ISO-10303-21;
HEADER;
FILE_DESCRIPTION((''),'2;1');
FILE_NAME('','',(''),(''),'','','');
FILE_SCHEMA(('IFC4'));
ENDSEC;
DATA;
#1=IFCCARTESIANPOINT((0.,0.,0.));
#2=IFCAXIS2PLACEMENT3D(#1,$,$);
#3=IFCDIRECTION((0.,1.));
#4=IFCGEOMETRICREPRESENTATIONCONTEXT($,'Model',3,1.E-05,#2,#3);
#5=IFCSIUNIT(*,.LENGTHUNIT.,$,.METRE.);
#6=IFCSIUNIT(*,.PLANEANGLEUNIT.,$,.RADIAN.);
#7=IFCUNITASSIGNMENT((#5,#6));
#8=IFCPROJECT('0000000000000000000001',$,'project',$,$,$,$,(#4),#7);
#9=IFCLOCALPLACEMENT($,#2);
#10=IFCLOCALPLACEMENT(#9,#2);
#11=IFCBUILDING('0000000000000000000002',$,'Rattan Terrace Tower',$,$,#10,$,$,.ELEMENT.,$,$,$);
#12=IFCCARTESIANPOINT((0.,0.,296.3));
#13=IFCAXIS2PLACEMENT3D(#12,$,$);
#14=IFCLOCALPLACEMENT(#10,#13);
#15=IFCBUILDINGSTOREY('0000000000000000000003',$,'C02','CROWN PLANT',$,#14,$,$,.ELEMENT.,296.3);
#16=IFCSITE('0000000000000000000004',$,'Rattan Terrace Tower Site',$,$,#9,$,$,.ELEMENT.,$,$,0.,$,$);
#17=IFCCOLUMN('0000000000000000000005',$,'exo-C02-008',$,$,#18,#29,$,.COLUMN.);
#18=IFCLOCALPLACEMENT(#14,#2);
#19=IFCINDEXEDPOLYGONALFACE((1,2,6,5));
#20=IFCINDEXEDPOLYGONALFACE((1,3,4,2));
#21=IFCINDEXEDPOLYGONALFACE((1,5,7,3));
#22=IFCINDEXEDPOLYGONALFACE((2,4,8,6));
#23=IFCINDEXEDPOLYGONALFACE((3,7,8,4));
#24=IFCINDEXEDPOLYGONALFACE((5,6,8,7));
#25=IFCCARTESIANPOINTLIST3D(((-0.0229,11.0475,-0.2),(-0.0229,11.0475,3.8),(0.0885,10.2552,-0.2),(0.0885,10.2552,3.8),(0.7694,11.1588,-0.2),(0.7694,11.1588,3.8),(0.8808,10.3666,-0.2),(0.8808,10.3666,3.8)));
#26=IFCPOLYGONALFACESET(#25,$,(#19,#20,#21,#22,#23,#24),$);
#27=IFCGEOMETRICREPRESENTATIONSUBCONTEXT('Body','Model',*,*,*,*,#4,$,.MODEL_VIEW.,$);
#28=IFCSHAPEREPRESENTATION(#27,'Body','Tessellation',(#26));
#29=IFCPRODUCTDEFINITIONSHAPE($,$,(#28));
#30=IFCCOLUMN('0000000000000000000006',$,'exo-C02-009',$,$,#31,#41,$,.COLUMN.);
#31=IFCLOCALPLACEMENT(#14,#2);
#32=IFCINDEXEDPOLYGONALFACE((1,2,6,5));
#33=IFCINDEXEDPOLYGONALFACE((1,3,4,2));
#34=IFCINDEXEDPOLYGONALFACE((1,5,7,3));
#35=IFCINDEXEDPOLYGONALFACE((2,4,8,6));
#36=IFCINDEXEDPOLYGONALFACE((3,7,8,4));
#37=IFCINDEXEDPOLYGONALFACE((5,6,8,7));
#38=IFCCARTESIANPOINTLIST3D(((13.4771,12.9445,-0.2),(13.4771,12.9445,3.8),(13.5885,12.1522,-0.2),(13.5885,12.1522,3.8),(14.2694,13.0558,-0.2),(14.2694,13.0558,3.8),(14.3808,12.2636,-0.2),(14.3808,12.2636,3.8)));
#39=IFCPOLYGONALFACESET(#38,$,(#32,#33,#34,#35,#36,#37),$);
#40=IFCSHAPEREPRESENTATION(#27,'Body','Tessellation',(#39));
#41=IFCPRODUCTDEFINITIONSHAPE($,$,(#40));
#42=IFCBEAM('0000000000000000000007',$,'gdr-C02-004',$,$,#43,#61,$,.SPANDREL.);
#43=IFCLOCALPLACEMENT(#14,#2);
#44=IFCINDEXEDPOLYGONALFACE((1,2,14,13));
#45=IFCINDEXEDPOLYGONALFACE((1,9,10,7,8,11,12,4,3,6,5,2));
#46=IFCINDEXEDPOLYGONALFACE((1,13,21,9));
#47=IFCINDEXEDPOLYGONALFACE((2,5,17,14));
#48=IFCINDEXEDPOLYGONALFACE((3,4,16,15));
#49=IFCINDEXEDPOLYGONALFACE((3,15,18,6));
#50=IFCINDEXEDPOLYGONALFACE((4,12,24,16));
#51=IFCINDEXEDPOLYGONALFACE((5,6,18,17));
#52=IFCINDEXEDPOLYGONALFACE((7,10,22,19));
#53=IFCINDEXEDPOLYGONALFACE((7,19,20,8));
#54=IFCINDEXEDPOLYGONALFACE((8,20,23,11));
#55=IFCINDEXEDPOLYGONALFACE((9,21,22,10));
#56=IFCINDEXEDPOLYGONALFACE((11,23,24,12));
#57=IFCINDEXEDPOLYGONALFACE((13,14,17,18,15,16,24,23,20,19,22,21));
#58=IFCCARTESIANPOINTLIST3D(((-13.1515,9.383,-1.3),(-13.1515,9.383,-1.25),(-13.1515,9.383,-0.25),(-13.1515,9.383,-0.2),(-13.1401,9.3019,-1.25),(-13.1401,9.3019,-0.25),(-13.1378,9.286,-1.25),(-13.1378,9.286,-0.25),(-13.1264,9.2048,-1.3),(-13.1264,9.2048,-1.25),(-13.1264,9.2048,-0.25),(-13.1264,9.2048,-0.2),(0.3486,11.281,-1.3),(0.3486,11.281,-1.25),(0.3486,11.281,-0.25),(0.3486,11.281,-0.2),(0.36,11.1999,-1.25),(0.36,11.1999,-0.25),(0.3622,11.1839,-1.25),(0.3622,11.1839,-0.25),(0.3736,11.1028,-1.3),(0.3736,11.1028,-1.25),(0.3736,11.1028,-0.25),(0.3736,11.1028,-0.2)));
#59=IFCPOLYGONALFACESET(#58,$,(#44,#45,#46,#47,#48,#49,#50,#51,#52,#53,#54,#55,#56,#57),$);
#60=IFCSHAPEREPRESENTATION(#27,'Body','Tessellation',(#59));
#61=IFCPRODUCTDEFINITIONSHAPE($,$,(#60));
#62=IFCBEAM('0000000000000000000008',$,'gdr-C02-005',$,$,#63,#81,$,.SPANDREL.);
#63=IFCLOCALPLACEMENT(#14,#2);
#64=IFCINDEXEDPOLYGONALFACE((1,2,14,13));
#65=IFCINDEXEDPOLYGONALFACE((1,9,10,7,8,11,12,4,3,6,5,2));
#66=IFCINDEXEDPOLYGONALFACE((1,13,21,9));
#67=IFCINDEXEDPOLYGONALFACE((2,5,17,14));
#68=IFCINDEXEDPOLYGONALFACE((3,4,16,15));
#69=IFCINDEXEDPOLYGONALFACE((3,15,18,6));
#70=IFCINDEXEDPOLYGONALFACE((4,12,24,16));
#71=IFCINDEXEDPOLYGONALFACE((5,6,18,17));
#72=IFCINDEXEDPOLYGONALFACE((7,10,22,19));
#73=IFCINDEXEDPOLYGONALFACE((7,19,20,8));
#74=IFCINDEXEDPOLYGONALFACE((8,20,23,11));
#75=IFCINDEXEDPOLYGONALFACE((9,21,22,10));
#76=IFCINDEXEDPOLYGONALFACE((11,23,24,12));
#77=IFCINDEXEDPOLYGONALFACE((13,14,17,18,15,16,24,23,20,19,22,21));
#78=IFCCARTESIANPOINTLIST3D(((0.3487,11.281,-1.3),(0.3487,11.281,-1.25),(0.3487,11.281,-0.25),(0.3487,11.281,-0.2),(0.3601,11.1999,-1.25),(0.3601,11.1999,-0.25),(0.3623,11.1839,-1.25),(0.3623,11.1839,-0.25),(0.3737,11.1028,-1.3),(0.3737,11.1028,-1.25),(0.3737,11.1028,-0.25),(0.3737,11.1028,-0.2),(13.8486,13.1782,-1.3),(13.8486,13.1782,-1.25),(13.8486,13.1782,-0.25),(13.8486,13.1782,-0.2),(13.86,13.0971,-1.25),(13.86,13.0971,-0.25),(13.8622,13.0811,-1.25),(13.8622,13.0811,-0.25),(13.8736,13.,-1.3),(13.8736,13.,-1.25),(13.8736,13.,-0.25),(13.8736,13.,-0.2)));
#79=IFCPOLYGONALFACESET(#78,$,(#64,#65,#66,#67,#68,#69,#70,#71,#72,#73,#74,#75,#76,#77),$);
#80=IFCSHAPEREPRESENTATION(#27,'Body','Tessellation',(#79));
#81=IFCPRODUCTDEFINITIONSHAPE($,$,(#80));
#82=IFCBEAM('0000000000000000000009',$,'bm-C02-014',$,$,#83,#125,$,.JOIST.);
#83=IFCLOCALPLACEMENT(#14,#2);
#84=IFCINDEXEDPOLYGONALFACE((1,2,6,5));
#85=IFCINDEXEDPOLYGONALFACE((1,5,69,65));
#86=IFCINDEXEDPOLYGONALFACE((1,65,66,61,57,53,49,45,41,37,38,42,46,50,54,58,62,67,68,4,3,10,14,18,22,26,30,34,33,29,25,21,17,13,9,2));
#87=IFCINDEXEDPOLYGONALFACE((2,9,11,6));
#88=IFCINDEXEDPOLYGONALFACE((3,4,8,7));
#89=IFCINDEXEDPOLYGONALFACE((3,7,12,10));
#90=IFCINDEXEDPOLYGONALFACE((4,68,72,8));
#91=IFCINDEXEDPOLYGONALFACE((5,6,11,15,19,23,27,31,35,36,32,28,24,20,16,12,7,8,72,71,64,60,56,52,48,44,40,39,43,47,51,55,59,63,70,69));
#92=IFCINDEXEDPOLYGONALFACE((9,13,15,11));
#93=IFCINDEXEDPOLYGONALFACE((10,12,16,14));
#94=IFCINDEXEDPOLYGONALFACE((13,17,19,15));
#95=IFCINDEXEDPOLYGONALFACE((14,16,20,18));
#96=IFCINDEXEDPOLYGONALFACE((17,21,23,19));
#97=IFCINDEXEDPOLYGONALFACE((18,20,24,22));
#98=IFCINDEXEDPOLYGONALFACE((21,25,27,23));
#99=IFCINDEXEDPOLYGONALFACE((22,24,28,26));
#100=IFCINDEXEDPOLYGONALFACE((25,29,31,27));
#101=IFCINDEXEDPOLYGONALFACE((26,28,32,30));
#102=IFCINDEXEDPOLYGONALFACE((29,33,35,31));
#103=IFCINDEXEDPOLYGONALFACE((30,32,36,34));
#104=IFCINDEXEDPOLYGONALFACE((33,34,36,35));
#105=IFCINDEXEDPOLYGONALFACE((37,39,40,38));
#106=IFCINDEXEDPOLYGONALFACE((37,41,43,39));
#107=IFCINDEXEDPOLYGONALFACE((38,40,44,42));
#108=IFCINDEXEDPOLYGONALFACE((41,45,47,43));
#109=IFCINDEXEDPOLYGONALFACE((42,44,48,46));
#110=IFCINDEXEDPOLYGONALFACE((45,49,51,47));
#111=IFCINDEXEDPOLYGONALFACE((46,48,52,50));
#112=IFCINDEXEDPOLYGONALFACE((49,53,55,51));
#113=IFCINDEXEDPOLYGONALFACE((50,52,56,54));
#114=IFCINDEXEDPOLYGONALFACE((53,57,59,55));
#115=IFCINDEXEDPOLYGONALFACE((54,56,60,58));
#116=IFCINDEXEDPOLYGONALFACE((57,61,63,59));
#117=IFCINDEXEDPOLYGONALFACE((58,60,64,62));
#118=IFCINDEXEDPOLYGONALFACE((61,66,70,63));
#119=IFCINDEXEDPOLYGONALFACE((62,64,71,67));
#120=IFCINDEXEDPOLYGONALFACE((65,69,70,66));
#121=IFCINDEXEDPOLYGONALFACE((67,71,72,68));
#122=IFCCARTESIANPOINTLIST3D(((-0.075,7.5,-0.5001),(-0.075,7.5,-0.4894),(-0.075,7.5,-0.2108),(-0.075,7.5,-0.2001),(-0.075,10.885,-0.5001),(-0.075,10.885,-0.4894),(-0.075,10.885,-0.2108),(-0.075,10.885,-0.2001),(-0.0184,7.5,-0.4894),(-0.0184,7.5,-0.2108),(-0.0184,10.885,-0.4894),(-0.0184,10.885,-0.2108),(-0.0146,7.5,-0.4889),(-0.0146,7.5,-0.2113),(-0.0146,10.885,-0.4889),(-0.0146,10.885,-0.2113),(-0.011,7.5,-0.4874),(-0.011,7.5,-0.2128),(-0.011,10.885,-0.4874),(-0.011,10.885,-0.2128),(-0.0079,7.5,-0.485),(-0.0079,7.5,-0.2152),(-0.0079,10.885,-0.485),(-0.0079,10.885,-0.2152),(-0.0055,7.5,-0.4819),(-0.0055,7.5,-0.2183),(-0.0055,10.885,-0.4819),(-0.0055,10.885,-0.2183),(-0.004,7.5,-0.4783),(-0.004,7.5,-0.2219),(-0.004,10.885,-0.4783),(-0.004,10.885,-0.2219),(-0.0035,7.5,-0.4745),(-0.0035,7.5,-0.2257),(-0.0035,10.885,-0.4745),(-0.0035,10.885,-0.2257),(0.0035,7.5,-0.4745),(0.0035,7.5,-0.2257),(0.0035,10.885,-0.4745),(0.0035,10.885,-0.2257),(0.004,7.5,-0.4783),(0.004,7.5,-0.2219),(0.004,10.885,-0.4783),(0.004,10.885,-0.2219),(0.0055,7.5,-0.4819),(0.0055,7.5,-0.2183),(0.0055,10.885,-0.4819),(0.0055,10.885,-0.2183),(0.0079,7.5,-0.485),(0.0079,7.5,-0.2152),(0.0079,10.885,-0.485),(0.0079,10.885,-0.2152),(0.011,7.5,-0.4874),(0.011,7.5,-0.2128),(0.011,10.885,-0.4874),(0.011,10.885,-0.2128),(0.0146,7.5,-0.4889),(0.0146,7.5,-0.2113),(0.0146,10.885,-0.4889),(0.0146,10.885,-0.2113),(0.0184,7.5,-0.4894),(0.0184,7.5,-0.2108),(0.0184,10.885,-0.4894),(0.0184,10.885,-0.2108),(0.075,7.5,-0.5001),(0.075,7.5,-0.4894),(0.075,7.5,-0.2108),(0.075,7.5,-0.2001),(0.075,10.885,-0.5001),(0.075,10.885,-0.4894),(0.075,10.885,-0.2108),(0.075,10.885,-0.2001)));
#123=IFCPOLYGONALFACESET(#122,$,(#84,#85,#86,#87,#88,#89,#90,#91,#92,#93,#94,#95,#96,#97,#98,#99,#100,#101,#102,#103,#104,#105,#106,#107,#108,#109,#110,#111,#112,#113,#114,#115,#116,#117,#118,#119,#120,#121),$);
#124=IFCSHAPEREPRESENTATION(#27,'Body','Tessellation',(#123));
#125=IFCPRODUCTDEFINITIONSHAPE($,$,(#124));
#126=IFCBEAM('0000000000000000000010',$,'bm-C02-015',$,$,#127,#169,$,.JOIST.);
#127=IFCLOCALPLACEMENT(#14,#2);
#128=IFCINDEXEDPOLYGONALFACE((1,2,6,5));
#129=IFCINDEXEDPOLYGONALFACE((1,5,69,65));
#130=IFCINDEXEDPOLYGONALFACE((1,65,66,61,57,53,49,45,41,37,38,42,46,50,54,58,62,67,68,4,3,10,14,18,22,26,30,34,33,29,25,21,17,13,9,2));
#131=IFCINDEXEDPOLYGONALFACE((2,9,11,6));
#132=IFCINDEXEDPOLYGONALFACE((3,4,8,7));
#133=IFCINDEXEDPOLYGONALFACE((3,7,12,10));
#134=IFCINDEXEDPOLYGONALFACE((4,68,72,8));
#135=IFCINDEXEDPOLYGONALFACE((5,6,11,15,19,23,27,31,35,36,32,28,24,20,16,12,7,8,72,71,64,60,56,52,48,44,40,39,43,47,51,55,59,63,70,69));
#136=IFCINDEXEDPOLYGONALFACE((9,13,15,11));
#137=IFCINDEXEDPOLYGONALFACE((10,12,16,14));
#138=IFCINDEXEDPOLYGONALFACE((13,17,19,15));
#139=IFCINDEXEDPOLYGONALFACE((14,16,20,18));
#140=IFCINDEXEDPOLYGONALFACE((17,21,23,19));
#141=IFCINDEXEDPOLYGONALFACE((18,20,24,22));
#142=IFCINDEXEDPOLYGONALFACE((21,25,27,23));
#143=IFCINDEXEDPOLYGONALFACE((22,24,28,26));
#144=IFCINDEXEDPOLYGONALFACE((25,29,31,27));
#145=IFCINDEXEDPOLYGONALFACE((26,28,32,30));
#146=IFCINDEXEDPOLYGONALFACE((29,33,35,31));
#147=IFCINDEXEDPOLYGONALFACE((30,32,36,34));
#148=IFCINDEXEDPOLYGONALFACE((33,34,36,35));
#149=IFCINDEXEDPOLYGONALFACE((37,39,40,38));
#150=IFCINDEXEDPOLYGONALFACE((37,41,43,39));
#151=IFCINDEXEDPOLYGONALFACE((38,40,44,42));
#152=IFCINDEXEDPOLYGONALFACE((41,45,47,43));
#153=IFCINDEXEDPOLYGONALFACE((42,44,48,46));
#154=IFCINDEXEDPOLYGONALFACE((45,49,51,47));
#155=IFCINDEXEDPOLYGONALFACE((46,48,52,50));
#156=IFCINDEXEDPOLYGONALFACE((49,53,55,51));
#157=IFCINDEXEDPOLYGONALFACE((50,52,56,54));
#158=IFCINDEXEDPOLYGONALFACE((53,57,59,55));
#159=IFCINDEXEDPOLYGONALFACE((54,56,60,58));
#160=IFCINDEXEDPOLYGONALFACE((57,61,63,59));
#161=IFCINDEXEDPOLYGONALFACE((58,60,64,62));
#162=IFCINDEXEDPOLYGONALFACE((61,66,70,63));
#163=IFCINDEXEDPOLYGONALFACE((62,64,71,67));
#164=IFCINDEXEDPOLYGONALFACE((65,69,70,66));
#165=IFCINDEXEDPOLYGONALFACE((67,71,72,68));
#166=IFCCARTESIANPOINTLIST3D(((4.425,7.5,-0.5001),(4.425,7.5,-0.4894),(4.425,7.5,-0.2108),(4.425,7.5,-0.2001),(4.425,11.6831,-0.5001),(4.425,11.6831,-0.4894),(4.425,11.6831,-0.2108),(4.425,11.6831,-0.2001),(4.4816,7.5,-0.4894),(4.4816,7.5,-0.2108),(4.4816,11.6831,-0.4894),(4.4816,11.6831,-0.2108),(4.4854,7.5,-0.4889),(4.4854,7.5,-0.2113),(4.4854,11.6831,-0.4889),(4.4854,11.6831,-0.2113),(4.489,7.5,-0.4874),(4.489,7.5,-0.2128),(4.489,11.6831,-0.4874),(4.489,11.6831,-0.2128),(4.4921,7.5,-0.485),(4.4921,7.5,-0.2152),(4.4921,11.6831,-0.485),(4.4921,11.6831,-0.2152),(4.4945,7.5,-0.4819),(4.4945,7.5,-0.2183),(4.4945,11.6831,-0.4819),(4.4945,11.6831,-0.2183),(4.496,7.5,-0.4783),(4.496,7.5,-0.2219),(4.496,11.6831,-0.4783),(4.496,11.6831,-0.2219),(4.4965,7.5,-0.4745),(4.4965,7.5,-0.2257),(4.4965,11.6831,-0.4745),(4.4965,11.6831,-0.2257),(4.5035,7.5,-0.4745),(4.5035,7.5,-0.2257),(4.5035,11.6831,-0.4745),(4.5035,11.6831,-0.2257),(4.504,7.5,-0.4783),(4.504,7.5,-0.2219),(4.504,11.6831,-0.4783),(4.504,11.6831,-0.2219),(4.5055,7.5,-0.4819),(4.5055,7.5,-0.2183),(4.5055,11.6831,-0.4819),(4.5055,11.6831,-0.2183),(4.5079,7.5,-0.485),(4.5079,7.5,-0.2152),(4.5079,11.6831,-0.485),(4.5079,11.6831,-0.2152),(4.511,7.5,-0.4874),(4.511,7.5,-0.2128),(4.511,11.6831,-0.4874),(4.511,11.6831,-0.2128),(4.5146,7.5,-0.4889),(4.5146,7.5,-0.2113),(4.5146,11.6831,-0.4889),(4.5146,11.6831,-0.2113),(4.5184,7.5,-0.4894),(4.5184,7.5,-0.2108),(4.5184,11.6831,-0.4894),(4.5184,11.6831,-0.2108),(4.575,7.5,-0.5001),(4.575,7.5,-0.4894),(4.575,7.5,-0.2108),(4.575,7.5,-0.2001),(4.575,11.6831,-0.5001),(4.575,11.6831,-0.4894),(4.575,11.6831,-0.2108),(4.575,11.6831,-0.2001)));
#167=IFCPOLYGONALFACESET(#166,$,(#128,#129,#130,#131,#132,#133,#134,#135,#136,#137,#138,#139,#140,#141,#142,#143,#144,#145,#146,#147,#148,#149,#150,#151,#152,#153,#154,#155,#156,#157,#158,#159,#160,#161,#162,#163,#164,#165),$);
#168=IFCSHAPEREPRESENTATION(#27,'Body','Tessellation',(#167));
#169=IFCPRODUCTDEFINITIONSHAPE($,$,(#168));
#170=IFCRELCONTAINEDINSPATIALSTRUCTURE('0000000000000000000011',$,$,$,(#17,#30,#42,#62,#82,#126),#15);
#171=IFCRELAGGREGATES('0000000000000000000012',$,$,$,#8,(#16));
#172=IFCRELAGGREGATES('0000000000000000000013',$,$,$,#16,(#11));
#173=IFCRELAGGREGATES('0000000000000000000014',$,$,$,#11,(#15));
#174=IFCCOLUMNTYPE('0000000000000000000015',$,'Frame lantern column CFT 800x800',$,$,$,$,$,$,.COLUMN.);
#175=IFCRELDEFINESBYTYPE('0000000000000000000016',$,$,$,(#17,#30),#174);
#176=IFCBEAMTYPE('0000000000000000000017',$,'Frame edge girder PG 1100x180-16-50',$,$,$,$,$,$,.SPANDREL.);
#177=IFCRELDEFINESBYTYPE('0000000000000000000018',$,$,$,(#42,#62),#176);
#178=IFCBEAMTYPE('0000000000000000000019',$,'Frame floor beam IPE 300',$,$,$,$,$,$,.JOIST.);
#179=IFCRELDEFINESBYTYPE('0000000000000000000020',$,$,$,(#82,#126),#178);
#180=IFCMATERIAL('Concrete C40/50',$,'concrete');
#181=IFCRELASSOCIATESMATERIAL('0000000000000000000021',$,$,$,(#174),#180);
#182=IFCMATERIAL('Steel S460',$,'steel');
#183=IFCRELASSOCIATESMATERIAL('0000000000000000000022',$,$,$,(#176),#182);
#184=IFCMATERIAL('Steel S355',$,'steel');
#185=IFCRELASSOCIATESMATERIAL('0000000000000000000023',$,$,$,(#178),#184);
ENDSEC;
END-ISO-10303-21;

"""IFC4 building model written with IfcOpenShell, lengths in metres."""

from ifc_helpers import new_model, si_unit, direction, frame, origin, origin_2d, place, context, subcontext, project, spatial, rectangle, i_section, extrude, material, material_profile, profile_set, type_object, element, save


model = new_model("IFC4")

# Units and contexts
model_context = context("Model", 3, precision=1e-05, world=origin(), true_north=direction((0.0, 1.0)))
body_context = subcontext(model_context, "Body", "Model", "MODEL_VIEW")
ifc_project = project(units=[si_unit("LENGTHUNIT", "METRE"), si_unit("PLANEANGLEUNIT", "RADIAN")], contexts=[model_context])

# Site, building, storey
site_placement = place(None, origin())
site = spatial("IfcSite", under=ifc_project, at=site_placement, Name="Rattan Terrace Tower Site", CompositionType="ELEMENT", RefElevation=0.0)
building_placement = place(site_placement, origin())
building = spatial("IfcBuilding", under=site, at=building_placement, Name="Rattan Terrace Tower", CompositionType="ELEMENT")
storey_placement = place(building_placement, frame((0.0, 0.0, 296.3)))
storey = spatial("IfcBuildingStorey", under=building, at=storey_placement, Name="C02", Description="CROWN PLANT", CompositionType="ELEMENT", Elevation=296.3)

# Columns
ifc_material_1 = material(Name="Concrete C40/50", Category="concrete")
ifc_material_profile_1 = material_profile(ifc_material_1, rectangle(XDim=0.8, YDim=0.8, at=origin_2d()), Name="CFT 800x800")
ifc_profile_set_1 = profile_set([ifc_material_profile_1], Name="Concrete C40/50")
column_type = type_object("IfcColumnType", Name="Frame lantern column CFT 800x800", PredefinedType="COLUMN", material=ifc_profile_set_1)
for number, where, z_axis, x_axis, name in (
    (1, (0.429, 10.707, -0.2), (0.0, 0.0, 1.0), (0.990266, 0.13919, 0.0), "exo-C02-008"),
    (2, (13.929, 12.604, -0.2), (0.0, 0.0, 1.0), (0.990266, 0.13919, 0.0), "exo-C02-009"),
):
    element("IfcColumn", number, at=place(storey_placement, frame(where, z_axis=z_axis, x_axis=x_axis)), inside=storey, type_object=column_type, Name=name, PredefinedType="COLUMN", context=body_context, shape_type="SweptSolid", body=[
        extrude(rectangle(XDim=0.8, YDim=0.8, at=origin_2d()), origin(), (0.0, 0.0, 1.0), 4.0),
    ])

# Beams
ifc_material_2 = material(Name="Steel S460", Category="steel")
ifc_material_profile_2 = material_profile(ifc_material_2, i_section(OverallWidth=0.1799, OverallDepth=1.1001, WebThickness=0.0161, FlangeThickness=0.05, at=origin_2d()), Name="PG 1100x180-16-50")
ifc_profile_set_2 = profile_set([ifc_material_profile_2], Name="Steel S460")
beam_type_1 = type_object("IfcBeamType", Name="Frame edge girder PG 1100x180-16-50", PredefinedType="SPANDREL", material=ifc_profile_set_2)
beam_1_placement = place(storey_placement, frame((0.3611, 11.1919, -0.75), z_axis=(-0.990262, -0.13922, 0.0), x_axis=(0.13922, -0.990262, 0.0)))
element("IfcBeam", 3, at=beam_1_placement, inside=storey, type_object=beam_type_1, Name="gdr-C02-004", PredefinedType="SPANDREL", context=body_context, shape_type="SweptSolid", body=[
    extrude(i_section(OverallWidth=0.1799, OverallDepth=1.1001, WebThickness=0.0161, FlangeThickness=0.05, at=origin_2d()), origin(), (0.0, 0.0, 1.0), 13.6328),
])
beam_2_placement = place(storey_placement, frame((13.8611, 13.0891, -0.75), z_axis=(-0.990269, -0.139167, 0.0), x_axis=(0.139167, -0.990269, 0.0)))
element("IfcBeam", 4, at=beam_2_placement, inside=storey, type_object=beam_type_1, Name="gdr-C02-005", PredefinedType="SPANDREL", context=body_context, shape_type="SweptSolid", body=[
    extrude(i_section(OverallWidth=0.1799, OverallDepth=1.1001, WebThickness=0.0161, FlangeThickness=0.05, at=origin_2d()), origin(), (0.0, 0.0, 1.0), 13.6326),
])
ifc_material_3 = material(Name="Steel S355", Category="steel")
ifc_material_profile_3 = material_profile(ifc_material_3, i_section(OverallWidth=0.1499, OverallDepth=0.3, WebThickness=0.0071, FlangeThickness=0.0107, FilletRadius=0.0149, at=origin_2d()), Name="IPE 300")
ifc_profile_set_3 = profile_set([ifc_material_profile_3], Name="Steel S355")
beam_type_2 = type_object("IfcBeamType", Name="Frame floor beam IPE 300", PredefinedType="JOIST", material=ifc_profile_set_3)
beam_3_placement = place(storey_placement, frame((0.0, 7.5, -0.3501), z_axis=(0.0, 1.0, 0.0), x_axis=(-1.0, 0.0, 0.0)))
element("IfcBeam", 5, at=beam_3_placement, inside=storey, type_object=beam_type_2, Name="bm-C02-014", PredefinedType="JOIST", context=body_context, shape_type="SweptSolid", body=[
    extrude(i_section(OverallWidth=0.1499, OverallDepth=0.3, WebThickness=0.0071, FlangeThickness=0.0107, FilletRadius=0.0149, at=origin_2d()), origin(), (0.0, 0.0, 1.0), 3.385),
])
beam_4_placement = place(storey_placement, frame((4.5, 7.5, -0.3501), z_axis=(0.0, 1.0, 0.0), x_axis=(-1.0, 0.0, 0.0)))
element("IfcBeam", 6, at=beam_4_placement, inside=storey, type_object=beam_type_2, Name="bm-C02-015", PredefinedType="JOIST", context=body_context, shape_type="SweptSolid", body=[
    extrude(i_section(OverallWidth=0.1499, OverallDepth=0.3, WebThickness=0.0071, FlangeThickness=0.0107, FilletRadius=0.0149, at=origin_2d()), origin(), (0.0, 0.0, 1.0), 4.1831),
])

save(model, "model.ifc")
